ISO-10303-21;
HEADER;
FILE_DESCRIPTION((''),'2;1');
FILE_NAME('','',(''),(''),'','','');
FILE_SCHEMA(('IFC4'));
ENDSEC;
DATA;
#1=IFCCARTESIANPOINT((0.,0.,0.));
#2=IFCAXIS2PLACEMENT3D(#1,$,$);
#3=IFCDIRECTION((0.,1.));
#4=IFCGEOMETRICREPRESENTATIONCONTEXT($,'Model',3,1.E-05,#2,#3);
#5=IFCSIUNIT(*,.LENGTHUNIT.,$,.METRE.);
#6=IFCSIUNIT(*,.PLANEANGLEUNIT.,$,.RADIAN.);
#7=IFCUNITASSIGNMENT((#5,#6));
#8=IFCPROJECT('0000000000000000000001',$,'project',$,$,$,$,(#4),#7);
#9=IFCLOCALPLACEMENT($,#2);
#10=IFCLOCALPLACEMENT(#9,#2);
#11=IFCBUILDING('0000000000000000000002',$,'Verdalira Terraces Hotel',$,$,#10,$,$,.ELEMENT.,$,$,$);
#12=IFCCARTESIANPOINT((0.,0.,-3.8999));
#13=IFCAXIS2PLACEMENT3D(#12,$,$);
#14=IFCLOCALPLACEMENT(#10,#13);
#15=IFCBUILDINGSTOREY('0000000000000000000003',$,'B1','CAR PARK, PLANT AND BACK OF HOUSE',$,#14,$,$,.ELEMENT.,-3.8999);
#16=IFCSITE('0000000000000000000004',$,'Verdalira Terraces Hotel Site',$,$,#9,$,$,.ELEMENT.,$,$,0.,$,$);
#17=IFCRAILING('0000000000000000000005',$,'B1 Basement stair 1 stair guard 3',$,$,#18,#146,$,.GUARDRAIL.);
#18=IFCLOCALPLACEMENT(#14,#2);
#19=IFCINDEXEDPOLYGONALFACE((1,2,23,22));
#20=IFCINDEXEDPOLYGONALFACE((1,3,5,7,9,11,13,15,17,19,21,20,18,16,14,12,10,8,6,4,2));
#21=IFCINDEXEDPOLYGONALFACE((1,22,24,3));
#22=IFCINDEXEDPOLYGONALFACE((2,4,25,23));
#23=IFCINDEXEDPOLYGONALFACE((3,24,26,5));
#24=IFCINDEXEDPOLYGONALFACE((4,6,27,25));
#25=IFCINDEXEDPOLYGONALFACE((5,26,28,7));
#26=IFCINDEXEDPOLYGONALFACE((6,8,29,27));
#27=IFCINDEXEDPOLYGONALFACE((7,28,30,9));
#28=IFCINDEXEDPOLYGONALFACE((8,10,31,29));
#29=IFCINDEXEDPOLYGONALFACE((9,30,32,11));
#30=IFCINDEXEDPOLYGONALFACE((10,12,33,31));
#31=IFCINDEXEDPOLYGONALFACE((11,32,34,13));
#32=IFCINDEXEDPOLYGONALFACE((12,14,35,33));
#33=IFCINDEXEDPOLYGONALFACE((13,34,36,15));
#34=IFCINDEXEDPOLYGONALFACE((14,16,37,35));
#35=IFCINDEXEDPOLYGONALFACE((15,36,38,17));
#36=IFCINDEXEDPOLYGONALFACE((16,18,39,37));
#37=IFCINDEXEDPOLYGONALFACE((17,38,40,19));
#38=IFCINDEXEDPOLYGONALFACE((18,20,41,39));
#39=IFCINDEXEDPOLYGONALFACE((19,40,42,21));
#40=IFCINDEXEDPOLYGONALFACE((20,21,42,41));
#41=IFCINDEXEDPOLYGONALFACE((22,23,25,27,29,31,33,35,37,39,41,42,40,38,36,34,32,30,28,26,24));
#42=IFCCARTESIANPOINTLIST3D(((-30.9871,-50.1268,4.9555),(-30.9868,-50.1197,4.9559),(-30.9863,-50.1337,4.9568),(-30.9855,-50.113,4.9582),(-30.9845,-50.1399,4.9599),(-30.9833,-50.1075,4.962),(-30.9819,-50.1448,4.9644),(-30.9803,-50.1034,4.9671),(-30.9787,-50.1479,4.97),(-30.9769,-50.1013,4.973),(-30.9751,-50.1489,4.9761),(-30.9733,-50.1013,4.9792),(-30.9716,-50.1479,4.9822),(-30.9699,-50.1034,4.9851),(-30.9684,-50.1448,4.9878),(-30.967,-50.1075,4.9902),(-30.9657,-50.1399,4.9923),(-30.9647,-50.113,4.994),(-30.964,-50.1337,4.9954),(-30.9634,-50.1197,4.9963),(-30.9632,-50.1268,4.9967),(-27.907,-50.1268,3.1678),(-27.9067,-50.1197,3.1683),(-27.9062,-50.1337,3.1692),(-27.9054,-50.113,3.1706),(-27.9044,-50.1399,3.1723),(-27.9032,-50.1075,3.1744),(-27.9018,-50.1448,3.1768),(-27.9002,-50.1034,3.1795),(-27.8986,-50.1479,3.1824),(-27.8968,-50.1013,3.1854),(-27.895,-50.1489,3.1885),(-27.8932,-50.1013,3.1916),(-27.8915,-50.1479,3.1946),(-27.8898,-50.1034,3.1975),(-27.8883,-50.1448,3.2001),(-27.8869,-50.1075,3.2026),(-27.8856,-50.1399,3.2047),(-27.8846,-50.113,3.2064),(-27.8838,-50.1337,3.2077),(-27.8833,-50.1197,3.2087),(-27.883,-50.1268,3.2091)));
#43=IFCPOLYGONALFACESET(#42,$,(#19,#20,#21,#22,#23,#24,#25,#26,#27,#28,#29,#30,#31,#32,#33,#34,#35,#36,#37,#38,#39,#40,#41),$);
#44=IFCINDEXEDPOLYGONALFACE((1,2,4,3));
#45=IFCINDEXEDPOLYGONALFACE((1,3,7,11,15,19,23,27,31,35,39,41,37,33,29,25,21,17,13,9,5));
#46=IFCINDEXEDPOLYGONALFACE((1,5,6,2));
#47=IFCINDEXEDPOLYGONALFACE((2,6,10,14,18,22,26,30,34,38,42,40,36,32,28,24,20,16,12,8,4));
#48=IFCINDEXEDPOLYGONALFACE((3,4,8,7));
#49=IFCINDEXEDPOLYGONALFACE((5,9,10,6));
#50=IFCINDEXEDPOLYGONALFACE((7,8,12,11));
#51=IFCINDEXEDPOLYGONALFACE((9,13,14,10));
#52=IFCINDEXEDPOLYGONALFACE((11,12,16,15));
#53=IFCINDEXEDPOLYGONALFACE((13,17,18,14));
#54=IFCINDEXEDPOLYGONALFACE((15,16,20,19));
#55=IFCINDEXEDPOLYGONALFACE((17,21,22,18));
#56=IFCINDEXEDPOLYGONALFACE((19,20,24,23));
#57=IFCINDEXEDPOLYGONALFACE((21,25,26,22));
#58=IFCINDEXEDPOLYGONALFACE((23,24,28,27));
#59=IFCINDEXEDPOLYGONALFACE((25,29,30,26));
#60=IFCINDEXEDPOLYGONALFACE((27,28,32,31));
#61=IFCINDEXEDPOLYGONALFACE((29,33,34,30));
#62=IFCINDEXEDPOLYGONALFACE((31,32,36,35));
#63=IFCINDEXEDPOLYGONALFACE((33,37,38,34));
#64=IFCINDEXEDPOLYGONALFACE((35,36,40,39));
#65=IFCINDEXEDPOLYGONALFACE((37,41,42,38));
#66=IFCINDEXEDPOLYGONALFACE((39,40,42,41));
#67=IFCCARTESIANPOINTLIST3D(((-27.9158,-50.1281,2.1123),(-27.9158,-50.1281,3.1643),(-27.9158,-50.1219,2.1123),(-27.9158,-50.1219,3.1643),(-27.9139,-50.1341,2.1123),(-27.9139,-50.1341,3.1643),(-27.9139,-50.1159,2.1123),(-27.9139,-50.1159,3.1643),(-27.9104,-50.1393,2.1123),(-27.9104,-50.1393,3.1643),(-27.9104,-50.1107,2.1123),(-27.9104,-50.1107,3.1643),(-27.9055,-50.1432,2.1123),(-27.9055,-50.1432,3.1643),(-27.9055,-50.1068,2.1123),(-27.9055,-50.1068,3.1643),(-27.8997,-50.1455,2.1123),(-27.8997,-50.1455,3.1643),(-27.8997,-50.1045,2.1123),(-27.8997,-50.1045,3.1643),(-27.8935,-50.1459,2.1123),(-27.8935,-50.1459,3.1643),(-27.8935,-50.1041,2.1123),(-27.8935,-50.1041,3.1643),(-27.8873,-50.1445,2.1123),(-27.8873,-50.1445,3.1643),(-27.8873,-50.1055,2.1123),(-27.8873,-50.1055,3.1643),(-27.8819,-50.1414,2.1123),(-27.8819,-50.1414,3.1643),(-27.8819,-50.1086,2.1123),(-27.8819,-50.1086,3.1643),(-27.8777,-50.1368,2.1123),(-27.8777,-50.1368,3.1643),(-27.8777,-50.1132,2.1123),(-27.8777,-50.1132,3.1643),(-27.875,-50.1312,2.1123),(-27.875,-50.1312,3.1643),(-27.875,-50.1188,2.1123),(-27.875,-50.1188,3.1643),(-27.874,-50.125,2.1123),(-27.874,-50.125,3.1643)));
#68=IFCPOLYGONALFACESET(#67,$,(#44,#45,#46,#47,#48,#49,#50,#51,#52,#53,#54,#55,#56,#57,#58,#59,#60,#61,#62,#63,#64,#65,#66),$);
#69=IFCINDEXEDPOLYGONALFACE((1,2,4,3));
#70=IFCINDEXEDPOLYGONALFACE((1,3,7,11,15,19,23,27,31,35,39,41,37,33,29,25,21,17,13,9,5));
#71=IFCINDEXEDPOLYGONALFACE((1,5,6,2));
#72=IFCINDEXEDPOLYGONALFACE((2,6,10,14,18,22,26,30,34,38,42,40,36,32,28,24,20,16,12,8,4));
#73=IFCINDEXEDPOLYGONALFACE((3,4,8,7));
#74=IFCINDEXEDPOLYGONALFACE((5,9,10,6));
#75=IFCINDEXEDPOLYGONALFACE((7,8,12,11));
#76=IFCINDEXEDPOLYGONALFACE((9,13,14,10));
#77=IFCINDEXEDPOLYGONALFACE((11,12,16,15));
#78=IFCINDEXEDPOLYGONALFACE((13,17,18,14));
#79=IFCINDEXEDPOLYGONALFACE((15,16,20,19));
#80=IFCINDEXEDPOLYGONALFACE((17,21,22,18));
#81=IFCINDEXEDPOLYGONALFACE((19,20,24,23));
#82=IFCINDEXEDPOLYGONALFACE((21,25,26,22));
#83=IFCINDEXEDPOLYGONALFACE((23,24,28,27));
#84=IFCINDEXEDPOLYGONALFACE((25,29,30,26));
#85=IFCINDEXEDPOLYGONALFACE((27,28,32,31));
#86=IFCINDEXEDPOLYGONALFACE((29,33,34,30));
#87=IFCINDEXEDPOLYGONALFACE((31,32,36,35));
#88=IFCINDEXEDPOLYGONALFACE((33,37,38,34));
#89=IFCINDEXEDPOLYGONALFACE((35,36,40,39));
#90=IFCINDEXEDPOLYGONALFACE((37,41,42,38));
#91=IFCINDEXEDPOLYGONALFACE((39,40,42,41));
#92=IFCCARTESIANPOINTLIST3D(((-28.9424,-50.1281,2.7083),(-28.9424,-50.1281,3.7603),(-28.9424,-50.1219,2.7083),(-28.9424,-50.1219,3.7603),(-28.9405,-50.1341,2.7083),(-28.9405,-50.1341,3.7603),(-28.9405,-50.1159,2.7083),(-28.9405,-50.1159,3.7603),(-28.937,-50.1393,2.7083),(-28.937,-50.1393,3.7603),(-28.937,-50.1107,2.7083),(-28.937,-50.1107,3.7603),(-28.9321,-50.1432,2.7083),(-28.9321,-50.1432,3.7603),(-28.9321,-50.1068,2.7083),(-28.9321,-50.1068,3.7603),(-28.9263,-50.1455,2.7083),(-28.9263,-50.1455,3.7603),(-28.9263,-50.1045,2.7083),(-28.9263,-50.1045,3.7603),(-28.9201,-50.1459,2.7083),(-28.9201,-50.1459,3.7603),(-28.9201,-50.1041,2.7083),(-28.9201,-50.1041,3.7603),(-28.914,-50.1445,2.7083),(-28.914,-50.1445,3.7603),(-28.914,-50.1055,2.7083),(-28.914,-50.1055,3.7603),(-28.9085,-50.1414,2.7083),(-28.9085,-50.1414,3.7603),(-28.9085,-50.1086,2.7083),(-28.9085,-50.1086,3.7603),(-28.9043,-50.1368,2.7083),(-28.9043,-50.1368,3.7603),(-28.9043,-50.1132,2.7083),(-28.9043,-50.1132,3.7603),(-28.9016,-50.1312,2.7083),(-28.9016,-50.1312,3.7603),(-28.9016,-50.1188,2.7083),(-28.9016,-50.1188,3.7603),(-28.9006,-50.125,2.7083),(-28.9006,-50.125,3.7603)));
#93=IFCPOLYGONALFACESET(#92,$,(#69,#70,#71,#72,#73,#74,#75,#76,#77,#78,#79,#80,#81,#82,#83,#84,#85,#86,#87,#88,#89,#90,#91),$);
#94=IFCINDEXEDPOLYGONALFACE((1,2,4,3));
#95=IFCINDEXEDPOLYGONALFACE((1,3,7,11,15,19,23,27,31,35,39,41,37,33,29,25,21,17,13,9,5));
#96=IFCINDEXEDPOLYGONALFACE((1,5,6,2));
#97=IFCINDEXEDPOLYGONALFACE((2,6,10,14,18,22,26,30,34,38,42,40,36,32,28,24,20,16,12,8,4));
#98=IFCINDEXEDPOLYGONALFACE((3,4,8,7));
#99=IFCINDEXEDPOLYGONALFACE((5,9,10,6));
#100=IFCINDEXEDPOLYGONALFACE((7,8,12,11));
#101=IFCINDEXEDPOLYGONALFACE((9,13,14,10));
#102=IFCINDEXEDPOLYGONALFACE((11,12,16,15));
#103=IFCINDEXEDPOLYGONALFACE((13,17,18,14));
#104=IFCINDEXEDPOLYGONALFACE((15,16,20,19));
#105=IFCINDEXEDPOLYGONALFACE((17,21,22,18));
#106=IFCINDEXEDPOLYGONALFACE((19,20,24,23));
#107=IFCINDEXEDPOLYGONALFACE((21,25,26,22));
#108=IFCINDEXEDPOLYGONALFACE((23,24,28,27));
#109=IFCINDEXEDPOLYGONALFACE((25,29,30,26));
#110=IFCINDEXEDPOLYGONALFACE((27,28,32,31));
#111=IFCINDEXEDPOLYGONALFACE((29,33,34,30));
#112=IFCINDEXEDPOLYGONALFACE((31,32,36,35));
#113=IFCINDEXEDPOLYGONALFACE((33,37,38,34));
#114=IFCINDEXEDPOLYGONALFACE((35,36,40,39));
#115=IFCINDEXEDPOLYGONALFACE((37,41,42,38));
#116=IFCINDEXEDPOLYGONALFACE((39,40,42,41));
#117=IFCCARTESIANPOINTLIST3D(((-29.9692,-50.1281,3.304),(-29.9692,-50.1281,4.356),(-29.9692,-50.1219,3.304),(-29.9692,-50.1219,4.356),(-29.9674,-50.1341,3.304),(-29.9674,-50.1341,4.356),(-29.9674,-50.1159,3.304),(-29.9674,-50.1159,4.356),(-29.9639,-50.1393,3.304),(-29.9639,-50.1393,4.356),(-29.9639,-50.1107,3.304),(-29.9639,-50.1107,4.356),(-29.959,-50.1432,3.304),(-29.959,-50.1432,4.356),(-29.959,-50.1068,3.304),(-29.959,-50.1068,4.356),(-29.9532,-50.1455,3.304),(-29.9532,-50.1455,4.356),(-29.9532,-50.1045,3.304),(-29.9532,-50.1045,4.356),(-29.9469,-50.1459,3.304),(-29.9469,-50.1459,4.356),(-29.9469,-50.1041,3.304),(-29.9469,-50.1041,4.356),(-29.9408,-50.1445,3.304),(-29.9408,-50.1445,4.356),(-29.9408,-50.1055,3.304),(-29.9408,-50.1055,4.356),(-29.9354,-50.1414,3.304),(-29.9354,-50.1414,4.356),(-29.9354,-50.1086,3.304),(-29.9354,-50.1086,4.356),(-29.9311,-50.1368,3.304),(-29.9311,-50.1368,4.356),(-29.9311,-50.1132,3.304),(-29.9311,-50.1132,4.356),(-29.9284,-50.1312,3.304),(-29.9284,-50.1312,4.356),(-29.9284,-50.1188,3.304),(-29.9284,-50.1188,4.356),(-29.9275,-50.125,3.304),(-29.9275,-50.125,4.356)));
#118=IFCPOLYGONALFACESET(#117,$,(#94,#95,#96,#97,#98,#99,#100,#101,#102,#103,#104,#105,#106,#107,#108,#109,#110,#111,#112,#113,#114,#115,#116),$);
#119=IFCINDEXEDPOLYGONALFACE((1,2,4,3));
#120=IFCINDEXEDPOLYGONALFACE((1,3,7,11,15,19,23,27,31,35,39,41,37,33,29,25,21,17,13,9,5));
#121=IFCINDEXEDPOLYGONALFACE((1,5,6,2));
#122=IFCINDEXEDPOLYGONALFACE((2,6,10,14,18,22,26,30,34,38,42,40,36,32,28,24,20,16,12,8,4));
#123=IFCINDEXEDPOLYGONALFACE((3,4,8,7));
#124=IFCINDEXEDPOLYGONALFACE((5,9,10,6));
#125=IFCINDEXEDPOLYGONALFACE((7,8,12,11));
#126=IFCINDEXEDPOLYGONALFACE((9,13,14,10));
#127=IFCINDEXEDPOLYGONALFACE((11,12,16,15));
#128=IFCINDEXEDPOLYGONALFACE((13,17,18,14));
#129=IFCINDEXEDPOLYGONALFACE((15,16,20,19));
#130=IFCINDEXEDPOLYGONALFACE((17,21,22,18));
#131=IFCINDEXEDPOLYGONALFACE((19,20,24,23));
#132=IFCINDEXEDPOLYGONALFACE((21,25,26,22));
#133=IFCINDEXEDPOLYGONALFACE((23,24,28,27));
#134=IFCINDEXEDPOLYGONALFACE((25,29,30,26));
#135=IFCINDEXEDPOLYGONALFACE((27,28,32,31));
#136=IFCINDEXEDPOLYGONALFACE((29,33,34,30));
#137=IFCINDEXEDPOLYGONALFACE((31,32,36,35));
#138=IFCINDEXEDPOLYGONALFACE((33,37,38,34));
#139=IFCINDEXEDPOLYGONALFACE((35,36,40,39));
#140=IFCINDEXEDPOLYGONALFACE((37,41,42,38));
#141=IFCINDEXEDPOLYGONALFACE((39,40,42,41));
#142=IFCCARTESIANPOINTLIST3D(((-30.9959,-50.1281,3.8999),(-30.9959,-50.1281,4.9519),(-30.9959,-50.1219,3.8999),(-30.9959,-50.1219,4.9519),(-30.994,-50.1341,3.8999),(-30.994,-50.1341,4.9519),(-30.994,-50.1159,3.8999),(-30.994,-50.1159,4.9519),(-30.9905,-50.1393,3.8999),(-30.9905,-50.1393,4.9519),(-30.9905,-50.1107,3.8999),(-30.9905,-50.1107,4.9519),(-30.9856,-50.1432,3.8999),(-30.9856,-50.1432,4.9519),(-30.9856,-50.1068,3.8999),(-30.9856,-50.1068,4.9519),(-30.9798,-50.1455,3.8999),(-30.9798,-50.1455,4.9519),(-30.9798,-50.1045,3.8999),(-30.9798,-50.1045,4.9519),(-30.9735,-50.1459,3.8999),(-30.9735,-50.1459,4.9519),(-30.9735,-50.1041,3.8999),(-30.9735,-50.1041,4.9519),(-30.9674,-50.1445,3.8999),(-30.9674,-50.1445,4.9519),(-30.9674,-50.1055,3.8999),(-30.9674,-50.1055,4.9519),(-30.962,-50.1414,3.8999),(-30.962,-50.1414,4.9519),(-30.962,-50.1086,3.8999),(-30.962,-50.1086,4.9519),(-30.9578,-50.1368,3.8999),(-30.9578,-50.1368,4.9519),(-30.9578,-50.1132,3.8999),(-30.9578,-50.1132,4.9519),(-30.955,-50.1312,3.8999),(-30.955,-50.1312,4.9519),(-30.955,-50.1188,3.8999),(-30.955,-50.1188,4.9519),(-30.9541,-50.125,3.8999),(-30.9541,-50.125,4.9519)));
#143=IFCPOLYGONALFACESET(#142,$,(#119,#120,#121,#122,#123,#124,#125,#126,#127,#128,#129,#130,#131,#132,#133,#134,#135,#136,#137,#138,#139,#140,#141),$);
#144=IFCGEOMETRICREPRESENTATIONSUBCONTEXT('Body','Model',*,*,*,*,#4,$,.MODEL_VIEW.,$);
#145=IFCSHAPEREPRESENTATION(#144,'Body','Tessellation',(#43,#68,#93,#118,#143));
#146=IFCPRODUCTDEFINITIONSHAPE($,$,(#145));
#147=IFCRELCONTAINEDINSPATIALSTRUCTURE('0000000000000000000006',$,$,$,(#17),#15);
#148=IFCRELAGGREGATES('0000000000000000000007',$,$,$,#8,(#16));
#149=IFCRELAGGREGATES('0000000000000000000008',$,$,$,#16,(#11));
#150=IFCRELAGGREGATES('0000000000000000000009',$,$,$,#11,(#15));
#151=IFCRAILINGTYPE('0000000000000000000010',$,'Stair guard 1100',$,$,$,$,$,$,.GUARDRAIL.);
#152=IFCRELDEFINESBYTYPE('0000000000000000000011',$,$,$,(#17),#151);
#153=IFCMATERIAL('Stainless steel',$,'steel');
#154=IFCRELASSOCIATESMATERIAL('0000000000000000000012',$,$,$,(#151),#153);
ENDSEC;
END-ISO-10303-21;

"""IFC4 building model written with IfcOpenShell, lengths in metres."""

from ifc_helpers import new_model, si_unit, direction, frame, origin, origin_2d, place, context, subcontext, project, spatial, circle, extrude, material, type_object, element, save


model = new_model("IFC4")

# Units and contexts
model_context = context("Model", 3, precision=1e-05, world=origin(), true_north=direction((0.0, 1.0)))
body_context = subcontext(model_context, "Body", "Model", "MODEL_VIEW")
ifc_project = project(units=[si_unit("LENGTHUNIT", "METRE"), si_unit("PLANEANGLEUNIT", "RADIAN")], contexts=[model_context])

# Site, building, storey
site_placement = place(None, origin())
site = spatial("IfcSite", under=ifc_project, at=site_placement, Name="Verdalira Terraces Hotel Site", CompositionType="ELEMENT", RefElevation=0.0)
building_placement = place(site_placement, origin())
building = spatial("IfcBuilding", under=site, at=building_placement, Name="Verdalira Terraces Hotel", CompositionType="ELEMENT")
storey_placement = place(building_placement, frame((0.0, 0.0, -3.8999)))
storey = spatial("IfcBuildingStorey", under=building, at=storey_placement, Name="B1", Description="CAR PARK, PLANT AND BACK OF HOUSE", CompositionType="ELEMENT", Elevation=-3.8999)

# Railing
ifc_material_1 = material(Name="Stainless steel", Category="steel")
railing_type_1 = type_object("IfcRailingType", Name="Stair guard 1100", PredefinedType="GUARDRAIL", material=ifc_material_1)
railing_1_placement = place(storey_placement, frame((-27.895, -50.125, 2.1123)))
element("IfcRailing", 1, at=railing_1_placement, inside=storey, type_object=railing_type_1, Name="B1 Basement stair 1 stair guard 3", PredefinedType="GUARDRAIL", context=body_context, shape_type="SweptSolid", body=[
    extrude(circle(Radius=0.0239, at=origin_2d()), frame((0.0, 0.0, 1.0762), z_axis=(-0.864891, 0.0, 0.50196), x_axis=(0.0, -1.0, 0.0)), (0.0, 0.0, 1.0), 3.5613),
    extrude(circle(Radius=0.021, at=origin_2d()), origin(), (0.0, 0.0, 1.0), 1.052),
    extrude(circle(Radius=0.021, at=origin_2d()), frame((-1.0266, 0.0, 0.5959)), (0.0, 0.0, 1.0), 1.052),
    extrude(circle(Radius=0.021, at=origin_2d()), frame((-2.0535, 0.0, 1.1917)), (0.0, 0.0, 1.0), 1.052),
    extrude(circle(Radius=0.021, at=origin_2d()), frame((-3.0801, 0.0, 1.7876)), (0.0, 0.0, 1.0), 1.052),
])

save(model, "model.ifc")
